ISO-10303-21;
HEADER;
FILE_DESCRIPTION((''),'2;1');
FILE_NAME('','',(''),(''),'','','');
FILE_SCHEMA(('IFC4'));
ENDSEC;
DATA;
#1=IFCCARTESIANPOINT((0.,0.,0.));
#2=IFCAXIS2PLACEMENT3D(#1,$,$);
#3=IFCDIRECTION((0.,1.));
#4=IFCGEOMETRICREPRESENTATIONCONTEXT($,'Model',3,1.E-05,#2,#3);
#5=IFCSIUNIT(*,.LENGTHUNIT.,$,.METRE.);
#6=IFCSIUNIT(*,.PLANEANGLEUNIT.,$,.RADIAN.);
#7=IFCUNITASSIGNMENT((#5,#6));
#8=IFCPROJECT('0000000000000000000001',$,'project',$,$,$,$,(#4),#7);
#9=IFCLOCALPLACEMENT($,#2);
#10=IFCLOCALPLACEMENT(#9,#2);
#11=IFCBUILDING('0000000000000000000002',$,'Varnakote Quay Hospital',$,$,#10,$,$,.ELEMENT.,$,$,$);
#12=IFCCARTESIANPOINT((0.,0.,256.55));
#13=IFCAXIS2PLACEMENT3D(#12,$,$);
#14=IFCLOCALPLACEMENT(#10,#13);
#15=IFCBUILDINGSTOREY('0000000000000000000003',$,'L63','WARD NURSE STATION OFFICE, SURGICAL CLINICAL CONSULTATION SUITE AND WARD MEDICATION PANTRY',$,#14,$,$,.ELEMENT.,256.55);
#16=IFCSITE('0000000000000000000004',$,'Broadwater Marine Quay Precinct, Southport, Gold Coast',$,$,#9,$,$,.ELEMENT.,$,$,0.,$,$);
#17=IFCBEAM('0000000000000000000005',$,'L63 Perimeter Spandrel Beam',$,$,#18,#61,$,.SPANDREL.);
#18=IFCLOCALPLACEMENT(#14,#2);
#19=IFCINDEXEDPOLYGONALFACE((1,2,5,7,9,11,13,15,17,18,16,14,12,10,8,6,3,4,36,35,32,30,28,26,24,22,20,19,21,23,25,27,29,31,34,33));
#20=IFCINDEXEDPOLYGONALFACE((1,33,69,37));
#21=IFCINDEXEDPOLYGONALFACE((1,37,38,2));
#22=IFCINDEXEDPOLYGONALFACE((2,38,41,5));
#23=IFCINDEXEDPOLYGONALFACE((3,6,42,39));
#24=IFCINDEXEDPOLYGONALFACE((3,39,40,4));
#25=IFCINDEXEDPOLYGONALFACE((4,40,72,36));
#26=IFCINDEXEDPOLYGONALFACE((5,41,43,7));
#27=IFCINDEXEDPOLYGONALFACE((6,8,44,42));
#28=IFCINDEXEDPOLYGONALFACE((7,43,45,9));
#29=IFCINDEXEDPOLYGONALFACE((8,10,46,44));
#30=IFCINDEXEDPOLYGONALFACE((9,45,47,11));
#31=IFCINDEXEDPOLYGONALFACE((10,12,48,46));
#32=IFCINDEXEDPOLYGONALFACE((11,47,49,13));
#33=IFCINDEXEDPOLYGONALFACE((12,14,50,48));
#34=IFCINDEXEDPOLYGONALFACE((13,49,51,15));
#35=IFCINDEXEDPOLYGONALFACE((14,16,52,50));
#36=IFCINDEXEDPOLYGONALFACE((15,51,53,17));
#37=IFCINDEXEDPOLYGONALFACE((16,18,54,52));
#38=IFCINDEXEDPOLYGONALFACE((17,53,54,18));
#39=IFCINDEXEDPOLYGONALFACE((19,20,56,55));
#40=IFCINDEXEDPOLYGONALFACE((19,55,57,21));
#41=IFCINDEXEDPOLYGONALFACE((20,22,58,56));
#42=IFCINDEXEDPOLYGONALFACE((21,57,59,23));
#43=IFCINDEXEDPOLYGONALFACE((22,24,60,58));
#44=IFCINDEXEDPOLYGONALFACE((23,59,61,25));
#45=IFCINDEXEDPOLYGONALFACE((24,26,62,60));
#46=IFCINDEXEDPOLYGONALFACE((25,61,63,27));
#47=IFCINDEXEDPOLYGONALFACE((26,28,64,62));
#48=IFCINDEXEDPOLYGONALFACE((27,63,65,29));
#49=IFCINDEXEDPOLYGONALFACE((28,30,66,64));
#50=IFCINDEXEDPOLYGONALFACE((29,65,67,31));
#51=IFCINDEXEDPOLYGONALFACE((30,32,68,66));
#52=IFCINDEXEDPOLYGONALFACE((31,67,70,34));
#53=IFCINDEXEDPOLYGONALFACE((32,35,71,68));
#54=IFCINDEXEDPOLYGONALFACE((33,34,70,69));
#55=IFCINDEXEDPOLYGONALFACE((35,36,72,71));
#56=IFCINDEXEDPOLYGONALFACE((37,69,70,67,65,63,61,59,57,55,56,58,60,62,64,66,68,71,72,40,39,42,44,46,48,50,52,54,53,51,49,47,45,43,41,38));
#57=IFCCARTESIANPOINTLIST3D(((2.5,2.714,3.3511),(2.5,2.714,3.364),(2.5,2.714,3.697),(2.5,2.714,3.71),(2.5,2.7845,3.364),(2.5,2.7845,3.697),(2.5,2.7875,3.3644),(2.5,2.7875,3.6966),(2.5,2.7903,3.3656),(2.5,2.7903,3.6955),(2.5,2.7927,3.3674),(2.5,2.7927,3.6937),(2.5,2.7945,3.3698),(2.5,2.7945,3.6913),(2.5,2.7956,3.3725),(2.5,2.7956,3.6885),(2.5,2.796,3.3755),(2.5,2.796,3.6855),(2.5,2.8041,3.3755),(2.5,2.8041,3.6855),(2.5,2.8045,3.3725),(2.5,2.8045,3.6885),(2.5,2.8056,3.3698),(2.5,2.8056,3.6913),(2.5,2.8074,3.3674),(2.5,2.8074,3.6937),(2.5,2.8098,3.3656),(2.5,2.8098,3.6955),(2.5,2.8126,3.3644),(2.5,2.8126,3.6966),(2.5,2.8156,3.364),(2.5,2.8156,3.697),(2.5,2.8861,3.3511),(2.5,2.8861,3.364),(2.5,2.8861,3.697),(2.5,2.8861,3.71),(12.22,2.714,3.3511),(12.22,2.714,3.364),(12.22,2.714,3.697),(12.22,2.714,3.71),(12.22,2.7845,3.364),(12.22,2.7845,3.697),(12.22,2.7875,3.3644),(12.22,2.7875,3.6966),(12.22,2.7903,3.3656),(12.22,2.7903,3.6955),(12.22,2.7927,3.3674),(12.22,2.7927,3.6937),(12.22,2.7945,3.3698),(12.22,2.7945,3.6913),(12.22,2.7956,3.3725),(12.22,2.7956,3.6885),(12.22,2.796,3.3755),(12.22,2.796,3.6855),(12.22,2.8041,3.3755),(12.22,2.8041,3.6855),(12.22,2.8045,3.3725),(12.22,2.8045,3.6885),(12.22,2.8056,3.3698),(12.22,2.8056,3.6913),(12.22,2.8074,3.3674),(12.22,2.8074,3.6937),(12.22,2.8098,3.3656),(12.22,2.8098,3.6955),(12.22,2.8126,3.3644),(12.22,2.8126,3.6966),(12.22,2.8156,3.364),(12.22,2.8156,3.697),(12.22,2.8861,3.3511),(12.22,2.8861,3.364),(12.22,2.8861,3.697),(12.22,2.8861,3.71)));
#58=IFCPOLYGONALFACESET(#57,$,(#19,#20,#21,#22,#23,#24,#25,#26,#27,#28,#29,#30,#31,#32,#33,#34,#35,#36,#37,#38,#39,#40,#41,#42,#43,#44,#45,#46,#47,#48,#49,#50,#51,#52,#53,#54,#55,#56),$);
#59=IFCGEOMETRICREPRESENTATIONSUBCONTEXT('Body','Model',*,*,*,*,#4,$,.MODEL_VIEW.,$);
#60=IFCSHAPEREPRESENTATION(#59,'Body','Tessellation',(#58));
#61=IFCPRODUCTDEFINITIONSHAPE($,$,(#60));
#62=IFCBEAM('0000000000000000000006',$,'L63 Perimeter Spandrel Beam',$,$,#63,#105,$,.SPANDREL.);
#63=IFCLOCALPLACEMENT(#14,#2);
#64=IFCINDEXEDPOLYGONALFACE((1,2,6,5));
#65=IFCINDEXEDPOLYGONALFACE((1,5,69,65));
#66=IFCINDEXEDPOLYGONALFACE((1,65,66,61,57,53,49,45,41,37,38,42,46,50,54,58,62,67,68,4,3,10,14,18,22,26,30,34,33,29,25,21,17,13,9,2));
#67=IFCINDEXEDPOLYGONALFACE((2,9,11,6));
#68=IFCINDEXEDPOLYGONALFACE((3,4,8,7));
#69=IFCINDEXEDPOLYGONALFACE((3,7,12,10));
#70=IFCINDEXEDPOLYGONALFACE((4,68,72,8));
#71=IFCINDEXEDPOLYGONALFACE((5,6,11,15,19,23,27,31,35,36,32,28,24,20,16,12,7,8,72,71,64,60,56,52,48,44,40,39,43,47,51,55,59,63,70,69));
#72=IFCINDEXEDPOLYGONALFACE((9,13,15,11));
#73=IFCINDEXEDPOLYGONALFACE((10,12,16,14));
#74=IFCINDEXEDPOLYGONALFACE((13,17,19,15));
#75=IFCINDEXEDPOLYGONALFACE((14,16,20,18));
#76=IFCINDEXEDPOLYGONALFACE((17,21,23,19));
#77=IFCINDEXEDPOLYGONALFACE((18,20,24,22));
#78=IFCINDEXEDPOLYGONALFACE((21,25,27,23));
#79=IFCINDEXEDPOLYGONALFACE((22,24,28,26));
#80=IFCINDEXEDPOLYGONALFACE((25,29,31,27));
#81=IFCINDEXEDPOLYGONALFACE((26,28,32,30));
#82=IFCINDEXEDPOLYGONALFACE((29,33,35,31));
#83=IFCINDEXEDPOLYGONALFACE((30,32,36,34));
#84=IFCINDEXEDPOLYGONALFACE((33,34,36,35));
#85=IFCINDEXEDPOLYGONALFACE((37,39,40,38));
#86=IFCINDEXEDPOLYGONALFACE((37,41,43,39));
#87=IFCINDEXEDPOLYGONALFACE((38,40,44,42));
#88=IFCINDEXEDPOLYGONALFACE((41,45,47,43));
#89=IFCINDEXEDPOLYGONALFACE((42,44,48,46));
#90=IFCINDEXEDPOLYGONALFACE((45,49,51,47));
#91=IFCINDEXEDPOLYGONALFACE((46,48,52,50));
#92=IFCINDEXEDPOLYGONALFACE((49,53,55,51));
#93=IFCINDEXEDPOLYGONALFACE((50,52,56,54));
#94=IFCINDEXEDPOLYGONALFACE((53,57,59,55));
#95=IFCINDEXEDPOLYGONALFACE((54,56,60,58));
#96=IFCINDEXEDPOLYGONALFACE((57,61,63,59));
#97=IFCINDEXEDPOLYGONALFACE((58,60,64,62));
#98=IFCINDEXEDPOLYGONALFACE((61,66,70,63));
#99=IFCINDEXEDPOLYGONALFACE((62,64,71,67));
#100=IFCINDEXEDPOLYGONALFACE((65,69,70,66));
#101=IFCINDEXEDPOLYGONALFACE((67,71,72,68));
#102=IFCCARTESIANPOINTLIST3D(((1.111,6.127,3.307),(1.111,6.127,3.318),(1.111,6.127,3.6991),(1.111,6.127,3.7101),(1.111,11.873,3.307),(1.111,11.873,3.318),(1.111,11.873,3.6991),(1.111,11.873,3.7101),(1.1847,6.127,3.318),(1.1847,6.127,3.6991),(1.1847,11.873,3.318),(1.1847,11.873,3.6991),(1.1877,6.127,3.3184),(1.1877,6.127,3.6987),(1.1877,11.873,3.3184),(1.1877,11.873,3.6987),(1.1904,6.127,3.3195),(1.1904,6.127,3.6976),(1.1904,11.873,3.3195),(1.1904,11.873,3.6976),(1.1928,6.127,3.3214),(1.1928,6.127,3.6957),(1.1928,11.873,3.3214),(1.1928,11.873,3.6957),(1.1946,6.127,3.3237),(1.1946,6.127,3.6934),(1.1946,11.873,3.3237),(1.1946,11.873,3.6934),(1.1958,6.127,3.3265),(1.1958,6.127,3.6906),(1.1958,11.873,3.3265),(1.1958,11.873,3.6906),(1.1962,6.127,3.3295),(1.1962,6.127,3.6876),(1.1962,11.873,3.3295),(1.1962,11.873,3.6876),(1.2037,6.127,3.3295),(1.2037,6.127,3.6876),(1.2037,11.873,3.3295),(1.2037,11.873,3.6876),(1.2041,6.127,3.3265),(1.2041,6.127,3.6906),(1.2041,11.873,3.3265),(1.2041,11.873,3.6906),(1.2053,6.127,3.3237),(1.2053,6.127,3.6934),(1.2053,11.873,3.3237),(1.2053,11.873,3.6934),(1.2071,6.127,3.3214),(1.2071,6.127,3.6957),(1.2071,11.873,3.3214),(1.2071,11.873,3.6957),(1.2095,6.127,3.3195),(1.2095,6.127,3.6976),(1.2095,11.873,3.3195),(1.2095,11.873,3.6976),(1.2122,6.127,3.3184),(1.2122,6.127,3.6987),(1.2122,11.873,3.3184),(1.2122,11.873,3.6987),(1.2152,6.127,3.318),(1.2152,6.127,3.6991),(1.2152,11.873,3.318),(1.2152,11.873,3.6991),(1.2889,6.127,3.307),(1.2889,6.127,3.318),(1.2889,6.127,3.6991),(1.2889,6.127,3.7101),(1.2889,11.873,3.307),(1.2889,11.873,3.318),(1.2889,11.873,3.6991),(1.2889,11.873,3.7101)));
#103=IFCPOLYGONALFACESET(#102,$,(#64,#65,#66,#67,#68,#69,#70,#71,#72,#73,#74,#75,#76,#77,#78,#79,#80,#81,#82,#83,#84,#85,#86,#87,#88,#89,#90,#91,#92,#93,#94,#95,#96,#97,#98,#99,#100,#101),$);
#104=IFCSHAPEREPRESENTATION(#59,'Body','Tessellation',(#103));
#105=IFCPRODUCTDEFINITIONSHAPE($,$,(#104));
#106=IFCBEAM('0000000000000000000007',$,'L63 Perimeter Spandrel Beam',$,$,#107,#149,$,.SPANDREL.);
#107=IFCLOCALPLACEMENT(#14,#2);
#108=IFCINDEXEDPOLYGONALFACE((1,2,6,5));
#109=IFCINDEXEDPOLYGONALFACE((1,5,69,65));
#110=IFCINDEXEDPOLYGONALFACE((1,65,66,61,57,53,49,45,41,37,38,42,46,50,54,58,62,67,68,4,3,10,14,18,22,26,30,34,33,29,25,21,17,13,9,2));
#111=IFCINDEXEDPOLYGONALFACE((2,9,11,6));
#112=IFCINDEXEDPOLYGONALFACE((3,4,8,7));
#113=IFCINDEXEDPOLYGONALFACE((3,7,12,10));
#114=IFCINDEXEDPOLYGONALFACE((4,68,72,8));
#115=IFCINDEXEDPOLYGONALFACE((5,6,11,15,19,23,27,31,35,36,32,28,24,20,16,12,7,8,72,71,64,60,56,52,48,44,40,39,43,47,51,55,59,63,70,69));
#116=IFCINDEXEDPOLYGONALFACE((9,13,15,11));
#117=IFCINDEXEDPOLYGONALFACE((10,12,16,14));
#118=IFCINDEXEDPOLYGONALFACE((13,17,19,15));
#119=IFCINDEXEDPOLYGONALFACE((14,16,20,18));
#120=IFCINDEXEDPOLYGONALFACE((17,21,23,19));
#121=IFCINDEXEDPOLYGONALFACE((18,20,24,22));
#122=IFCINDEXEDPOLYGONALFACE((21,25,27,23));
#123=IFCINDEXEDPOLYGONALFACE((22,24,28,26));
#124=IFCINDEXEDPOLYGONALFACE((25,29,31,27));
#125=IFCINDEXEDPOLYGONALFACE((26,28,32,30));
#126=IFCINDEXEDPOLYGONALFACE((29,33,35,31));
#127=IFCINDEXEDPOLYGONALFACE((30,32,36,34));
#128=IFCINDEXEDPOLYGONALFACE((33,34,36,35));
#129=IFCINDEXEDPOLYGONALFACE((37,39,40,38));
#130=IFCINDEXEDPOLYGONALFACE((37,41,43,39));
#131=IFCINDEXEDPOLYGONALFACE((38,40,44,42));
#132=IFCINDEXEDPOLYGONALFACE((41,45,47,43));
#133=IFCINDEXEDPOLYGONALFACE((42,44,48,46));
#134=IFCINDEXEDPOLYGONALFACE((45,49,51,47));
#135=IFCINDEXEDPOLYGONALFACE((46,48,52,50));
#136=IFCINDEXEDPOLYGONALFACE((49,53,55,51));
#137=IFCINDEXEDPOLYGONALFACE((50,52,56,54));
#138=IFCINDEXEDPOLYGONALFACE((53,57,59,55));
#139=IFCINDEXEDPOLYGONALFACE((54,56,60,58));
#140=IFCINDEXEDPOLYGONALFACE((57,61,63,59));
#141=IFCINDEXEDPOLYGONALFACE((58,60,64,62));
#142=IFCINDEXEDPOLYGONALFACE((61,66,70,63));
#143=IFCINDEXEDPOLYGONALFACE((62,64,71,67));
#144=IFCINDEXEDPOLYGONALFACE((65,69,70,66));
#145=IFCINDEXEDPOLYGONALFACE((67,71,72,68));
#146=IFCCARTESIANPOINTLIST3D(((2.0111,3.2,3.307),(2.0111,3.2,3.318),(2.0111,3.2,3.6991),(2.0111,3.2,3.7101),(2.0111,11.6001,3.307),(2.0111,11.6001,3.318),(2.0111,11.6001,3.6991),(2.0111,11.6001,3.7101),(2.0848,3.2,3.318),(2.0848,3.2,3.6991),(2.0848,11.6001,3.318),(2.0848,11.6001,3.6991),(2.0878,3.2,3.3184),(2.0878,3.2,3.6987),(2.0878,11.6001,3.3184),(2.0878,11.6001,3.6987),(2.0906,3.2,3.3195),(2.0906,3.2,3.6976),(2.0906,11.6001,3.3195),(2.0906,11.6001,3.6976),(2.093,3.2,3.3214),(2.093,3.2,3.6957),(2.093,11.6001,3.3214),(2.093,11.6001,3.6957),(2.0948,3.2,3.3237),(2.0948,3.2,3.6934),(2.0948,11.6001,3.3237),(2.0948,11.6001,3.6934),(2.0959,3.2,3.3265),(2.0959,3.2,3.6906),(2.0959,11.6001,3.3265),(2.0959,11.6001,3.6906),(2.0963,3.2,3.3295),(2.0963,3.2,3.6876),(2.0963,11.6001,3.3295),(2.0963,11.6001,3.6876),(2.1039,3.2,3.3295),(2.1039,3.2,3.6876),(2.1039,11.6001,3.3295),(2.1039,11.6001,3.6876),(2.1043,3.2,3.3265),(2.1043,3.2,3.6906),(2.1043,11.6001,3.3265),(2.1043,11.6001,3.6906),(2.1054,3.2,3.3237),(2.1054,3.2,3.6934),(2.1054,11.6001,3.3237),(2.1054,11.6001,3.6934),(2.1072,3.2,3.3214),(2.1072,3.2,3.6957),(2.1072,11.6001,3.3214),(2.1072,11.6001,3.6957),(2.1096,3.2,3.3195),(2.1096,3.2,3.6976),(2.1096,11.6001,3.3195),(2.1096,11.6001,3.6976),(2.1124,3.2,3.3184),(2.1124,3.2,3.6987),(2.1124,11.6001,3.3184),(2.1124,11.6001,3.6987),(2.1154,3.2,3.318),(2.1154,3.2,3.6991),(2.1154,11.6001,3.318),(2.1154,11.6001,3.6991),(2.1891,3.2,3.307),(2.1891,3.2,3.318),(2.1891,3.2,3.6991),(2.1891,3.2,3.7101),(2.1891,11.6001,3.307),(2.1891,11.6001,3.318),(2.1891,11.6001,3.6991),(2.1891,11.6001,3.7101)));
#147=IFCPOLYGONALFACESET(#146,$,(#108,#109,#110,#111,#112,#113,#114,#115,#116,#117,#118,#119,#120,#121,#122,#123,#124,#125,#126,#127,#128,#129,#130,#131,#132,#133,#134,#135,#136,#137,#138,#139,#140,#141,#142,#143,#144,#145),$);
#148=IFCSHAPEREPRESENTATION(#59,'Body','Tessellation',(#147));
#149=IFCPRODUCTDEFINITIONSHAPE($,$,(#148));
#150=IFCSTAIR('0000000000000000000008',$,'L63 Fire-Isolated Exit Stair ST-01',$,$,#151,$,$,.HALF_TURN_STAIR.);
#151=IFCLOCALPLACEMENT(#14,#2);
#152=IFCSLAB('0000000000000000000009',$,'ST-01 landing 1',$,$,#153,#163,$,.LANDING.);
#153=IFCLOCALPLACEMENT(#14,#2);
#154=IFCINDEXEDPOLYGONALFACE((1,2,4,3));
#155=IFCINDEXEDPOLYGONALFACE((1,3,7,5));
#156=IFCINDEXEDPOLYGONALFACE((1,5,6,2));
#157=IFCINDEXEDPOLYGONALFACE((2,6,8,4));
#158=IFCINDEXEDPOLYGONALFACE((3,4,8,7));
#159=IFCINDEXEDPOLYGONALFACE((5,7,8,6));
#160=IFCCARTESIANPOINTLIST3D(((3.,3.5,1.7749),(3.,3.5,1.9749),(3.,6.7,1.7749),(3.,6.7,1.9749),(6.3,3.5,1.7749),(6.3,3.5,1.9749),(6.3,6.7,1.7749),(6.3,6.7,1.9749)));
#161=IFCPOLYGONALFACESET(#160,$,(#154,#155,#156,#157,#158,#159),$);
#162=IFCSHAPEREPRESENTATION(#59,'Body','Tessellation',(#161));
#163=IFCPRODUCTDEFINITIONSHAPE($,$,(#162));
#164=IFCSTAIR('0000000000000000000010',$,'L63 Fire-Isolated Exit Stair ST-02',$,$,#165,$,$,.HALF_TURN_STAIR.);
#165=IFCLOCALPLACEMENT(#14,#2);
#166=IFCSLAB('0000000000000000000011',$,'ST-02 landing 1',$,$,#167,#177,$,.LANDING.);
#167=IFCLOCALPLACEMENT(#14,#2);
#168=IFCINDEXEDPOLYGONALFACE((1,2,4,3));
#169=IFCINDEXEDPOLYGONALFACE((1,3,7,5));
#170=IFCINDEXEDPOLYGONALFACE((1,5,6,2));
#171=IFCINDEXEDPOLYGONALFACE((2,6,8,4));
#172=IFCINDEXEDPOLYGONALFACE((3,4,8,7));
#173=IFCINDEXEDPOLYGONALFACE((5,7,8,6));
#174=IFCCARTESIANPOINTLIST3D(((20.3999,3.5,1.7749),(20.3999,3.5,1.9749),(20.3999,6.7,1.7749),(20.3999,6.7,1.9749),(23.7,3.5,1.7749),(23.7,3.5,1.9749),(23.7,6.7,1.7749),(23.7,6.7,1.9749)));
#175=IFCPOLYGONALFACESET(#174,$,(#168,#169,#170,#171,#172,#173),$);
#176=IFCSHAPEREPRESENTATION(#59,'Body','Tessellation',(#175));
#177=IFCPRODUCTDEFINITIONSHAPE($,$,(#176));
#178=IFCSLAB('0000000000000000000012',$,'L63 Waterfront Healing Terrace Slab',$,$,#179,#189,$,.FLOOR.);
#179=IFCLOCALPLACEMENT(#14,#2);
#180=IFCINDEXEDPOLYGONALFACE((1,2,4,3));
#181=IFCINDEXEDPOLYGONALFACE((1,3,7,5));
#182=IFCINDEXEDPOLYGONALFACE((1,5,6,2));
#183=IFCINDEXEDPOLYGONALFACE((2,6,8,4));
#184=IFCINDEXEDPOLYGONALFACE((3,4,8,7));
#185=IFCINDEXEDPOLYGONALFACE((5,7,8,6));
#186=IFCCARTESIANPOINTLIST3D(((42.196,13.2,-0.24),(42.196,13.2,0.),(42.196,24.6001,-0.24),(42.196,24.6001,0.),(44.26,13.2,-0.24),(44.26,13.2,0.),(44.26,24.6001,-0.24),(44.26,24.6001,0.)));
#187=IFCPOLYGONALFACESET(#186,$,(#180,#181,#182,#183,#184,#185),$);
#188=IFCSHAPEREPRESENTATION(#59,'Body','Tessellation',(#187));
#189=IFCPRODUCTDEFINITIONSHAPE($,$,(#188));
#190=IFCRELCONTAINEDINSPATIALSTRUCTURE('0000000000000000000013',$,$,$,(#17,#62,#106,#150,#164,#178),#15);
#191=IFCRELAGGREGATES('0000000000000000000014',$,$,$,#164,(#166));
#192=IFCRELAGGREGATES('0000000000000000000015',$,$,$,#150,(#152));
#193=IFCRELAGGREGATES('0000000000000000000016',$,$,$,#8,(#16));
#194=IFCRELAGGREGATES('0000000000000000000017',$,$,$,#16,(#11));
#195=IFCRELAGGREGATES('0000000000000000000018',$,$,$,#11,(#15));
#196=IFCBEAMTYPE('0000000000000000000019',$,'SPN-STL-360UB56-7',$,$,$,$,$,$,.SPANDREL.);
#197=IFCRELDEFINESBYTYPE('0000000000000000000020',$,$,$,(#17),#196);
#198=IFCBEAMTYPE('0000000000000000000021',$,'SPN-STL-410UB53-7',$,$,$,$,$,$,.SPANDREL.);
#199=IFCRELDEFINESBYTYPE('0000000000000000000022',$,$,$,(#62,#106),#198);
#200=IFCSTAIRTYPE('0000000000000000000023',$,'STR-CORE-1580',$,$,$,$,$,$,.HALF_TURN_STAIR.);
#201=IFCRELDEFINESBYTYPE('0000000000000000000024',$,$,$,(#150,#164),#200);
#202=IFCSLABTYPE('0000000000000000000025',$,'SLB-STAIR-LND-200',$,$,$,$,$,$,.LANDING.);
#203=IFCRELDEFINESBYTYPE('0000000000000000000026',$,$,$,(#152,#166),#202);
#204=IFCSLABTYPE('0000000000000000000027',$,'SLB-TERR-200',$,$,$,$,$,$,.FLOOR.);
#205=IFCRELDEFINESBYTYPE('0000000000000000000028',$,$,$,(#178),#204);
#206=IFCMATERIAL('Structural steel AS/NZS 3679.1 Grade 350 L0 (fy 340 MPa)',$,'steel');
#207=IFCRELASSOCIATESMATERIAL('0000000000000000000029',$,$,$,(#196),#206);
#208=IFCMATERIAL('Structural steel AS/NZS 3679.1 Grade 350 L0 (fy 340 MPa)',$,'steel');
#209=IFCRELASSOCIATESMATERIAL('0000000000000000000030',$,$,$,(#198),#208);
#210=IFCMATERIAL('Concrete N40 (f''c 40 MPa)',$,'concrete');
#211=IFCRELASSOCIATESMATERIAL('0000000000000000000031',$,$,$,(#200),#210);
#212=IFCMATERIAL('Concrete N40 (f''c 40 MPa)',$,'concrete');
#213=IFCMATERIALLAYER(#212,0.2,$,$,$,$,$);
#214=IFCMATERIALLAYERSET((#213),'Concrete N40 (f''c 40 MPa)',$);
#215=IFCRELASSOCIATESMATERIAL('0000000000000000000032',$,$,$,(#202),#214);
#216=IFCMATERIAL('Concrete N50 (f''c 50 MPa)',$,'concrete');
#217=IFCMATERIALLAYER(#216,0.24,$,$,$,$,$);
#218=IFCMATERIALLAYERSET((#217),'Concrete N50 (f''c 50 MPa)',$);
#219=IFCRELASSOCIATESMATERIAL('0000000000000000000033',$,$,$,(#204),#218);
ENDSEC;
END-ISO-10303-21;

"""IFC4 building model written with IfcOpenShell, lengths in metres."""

from ifc_helpers import new_model, si_unit, direction, frame, origin, origin_2d, place, context, subcontext, project, spatial, polyline, i_section, outline, extrude, material, layer, layer_set, material_profile, profile_set, type_object, element, aggregate, save


model = new_model("IFC4")

# Units and contexts
model_context = context("Model", 3, precision=1e-05, world=origin(), true_north=direction((0.0, 1.0)))
body_context = subcontext(model_context, "Body", "Model", "MODEL_VIEW")
ifc_project = project(units=[si_unit("LENGTHUNIT", "METRE"), si_unit("PLANEANGLEUNIT", "RADIAN")], contexts=[model_context])

# Site, building, storey
site_placement = place(None, origin())
site = spatial("IfcSite", under=ifc_project, at=site_placement, Name="Broadwater Marine Quay Precinct, Southport, Gold Coast", CompositionType="ELEMENT", RefElevation=0.0)
building_placement = place(site_placement, origin())
building = spatial("IfcBuilding", under=site, at=building_placement, Name="Varnakote Quay Hospital", CompositionType="ELEMENT")
storey_placement = place(building_placement, frame((0.0, 0.0, 256.55)))
storey = spatial("IfcBuildingStorey", under=building, at=storey_placement, Name="L63", Description="WARD NURSE STATION OFFICE, SURGICAL CLINICAL CONSULTATION SUITE AND WARD MEDICATION PANTRY", CompositionType="ELEMENT", Elevation=256.55)

# Beams
ifc_material_1 = material(Name="Structural steel AS/NZS 3679.1 Grade 350 L0 (fy 340 MPa)", Category="steel")
ifc_material_profile_1 = material_profile(ifc_material_1, i_section(OverallWidth=0.1721, OverallDepth=0.3589, WebThickness=0.0081, FlangeThickness=0.0129, FilletRadius=0.0115, at=origin_2d()), Name="360UB56.7")
ifc_profile_set_1 = profile_set([ifc_material_profile_1], Name="Structural steel AS/NZS 3679.1 Grade 350 L0 (fy 340 MPa)")
beam_type_1 = type_object("IfcBeamType", Name="SPN-STL-360UB56-7", PredefinedType="SPANDREL", material=ifc_profile_set_1)
beam_1_placement = place(storey_placement, frame((2.5, 2.8, 3.5305), z_axis=(1.0, 0.0, 0.0), x_axis=(0.0, 1.0, 0.0)))
element("IfcBeam", 1, at=beam_1_placement, inside=storey, type_object=beam_type_1, Name="L63 Perimeter Spandrel Beam", PredefinedType="SPANDREL", context=body_context, shape_type="SweptSolid", body=[
    extrude(i_section(OverallWidth=0.1721, OverallDepth=0.3589, WebThickness=0.0081, FlangeThickness=0.0129, FilletRadius=0.0115, at=origin_2d()), origin(), (0.0, 0.0, 1.0), 9.72),
])
ifc_material_2 = material(Name="Structural steel AS/NZS 3679.1 Grade 350 L0 (fy 340 MPa)", Category="steel")
ifc_material_profile_2 = material_profile(ifc_material_2, i_section(OverallWidth=0.178, OverallDepth=0.4031, WebThickness=0.0076, FlangeThickness=0.011, FilletRadius=0.0115, at=origin_2d()), Name="410UB53.7")
ifc_profile_set_2 = profile_set([ifc_material_profile_2], Name="Structural steel AS/NZS 3679.1 Grade 350 L0 (fy 340 MPa)")
beam_type_2 = type_object("IfcBeamType", Name="SPN-STL-410UB53-7", PredefinedType="SPANDREL", material=ifc_profile_set_2)
beam_2_placement = place(storey_placement, frame((1.2, 6.127, 3.5085), z_axis=(0.0, 1.0, 0.0), x_axis=(-1.0, 0.0, 0.0)))
element("IfcBeam", 2, at=beam_2_placement, inside=storey, type_object=beam_type_2, Name="L63 Perimeter Spandrel Beam", PredefinedType="SPANDREL", context=body_context, shape_type="SweptSolid", body=[
    extrude(i_section(OverallWidth=0.178, OverallDepth=0.4031, WebThickness=0.0076, FlangeThickness=0.011, FilletRadius=0.0115, at=origin_2d()), origin(), (0.0, 0.0, 1.0), 5.7461),
])
beam_3_placement = place(storey_placement, frame((2.1001, 3.2, 3.5085), z_axis=(0.0, 1.0, 0.0), x_axis=(-1.0, 0.0, 0.0)))
element("IfcBeam", 3, at=beam_3_placement, inside=storey, type_object=beam_type_2, Name="L63 Perimeter Spandrel Beam", PredefinedType="SPANDREL", context=body_context, shape_type="SweptSolid", body=[
    extrude(i_section(OverallWidth=0.178, OverallDepth=0.4031, WebThickness=0.0076, FlangeThickness=0.011, FilletRadius=0.0115, at=origin_2d()), origin(), (0.0, 0.0, 1.0), 8.4001),
])

# Stairs, slabs
ifc_material_3 = material(Name="Concrete N40 (f'c 40 MPa)", Category="concrete")
stair_type = type_object("IfcStairType", Name="STR-CORE-1580", PredefinedType="HALF_TURN_STAIR", material=ifc_material_3)
stair_1_placement = place(storey_placement, origin())
stair_1 = element("IfcStair", 4, at=stair_1_placement, inside=storey, type_object=stair_type, Name="L63 Fire-Isolated Exit Stair ST-01", PredefinedType="HALF_TURN_STAIR")
ifc_material_4 = material(Name="Concrete N40 (f'c 40 MPa)", Category="concrete")
ifc_layer_1 = layer(ifc_material_4, 0.2)
ifc_layer_set_1 = layer_set([ifc_layer_1], Name="Concrete N40 (f'c 40 MPa)")
slab_type_1 = type_object("IfcSlabType", Name="SLB-STAIR-LND-200", PredefinedType="LANDING", material=ifc_layer_set_1)
slab_1_placement = place(storey_placement, frame((0.0, 0.0, 1.7749)))
slab_1 = element("IfcSlab", 5, at=slab_1_placement, type_object=slab_type_1, Name="ST-01 landing 1", PredefinedType="LANDING", context=body_context, shape_type="SweptSolid", body=[
    extrude(outline(polyline([(3.0, 6.7), (3.0, 3.5), (6.3, 3.5), (6.3, 6.7), (3.0, 6.7)])), origin(), (0.0, 0.0, 1.0), 0.2),
])
stair_2_placement = place(storey_placement, origin())
stair_2 = element("IfcStair", 6, at=stair_2_placement, inside=storey, type_object=stair_type, Name="L63 Fire-Isolated Exit Stair ST-02", PredefinedType="HALF_TURN_STAIR")
slab_2_placement = place(storey_placement, frame((0.0, 0.0, 1.7749)))
slab_2 = element("IfcSlab", 7, at=slab_2_placement, type_object=slab_type_1, Name="ST-02 landing 1", PredefinedType="LANDING", context=body_context, shape_type="SweptSolid", body=[
    extrude(outline(polyline([(20.3999, 6.7), (20.3999, 3.5), (23.7, 3.5), (23.7, 6.7), (20.3999, 6.7)])), origin(), (0.0, 0.0, 1.0), 0.2),
])
aggregate(stair_2, [slab_2])

# Slab
ifc_material_5 = material(Name="Concrete N50 (f'c 50 MPa)", Category="concrete")
ifc_layer_2 = layer(ifc_material_5, 0.24)
ifc_layer_set_2 = layer_set([ifc_layer_2], Name="Concrete N50 (f'c 50 MPa)")
slab_type_2 = type_object("IfcSlabType", Name="SLB-TERR-200", PredefinedType="FLOOR", material=ifc_layer_set_2)
slab_3_placement = place(storey_placement, frame((0.0, 0.0, -0.24)))
element("IfcSlab", 8, at=slab_3_placement, inside=storey, type_object=slab_type_2, Name="L63 Waterfront Healing Terrace Slab", PredefinedType="FLOOR", context=body_context, shape_type="SweptSolid", body=[
    extrude(outline(polyline([(42.196, 24.6001), (42.196, 13.2), (44.26, 13.2), (44.26, 24.6001), (42.196, 24.6001)])), origin(), (0.0, 0.0, 1.0), 0.24),
])

aggregate(stair_1, [slab_1])

save(model, "model.ifc")
